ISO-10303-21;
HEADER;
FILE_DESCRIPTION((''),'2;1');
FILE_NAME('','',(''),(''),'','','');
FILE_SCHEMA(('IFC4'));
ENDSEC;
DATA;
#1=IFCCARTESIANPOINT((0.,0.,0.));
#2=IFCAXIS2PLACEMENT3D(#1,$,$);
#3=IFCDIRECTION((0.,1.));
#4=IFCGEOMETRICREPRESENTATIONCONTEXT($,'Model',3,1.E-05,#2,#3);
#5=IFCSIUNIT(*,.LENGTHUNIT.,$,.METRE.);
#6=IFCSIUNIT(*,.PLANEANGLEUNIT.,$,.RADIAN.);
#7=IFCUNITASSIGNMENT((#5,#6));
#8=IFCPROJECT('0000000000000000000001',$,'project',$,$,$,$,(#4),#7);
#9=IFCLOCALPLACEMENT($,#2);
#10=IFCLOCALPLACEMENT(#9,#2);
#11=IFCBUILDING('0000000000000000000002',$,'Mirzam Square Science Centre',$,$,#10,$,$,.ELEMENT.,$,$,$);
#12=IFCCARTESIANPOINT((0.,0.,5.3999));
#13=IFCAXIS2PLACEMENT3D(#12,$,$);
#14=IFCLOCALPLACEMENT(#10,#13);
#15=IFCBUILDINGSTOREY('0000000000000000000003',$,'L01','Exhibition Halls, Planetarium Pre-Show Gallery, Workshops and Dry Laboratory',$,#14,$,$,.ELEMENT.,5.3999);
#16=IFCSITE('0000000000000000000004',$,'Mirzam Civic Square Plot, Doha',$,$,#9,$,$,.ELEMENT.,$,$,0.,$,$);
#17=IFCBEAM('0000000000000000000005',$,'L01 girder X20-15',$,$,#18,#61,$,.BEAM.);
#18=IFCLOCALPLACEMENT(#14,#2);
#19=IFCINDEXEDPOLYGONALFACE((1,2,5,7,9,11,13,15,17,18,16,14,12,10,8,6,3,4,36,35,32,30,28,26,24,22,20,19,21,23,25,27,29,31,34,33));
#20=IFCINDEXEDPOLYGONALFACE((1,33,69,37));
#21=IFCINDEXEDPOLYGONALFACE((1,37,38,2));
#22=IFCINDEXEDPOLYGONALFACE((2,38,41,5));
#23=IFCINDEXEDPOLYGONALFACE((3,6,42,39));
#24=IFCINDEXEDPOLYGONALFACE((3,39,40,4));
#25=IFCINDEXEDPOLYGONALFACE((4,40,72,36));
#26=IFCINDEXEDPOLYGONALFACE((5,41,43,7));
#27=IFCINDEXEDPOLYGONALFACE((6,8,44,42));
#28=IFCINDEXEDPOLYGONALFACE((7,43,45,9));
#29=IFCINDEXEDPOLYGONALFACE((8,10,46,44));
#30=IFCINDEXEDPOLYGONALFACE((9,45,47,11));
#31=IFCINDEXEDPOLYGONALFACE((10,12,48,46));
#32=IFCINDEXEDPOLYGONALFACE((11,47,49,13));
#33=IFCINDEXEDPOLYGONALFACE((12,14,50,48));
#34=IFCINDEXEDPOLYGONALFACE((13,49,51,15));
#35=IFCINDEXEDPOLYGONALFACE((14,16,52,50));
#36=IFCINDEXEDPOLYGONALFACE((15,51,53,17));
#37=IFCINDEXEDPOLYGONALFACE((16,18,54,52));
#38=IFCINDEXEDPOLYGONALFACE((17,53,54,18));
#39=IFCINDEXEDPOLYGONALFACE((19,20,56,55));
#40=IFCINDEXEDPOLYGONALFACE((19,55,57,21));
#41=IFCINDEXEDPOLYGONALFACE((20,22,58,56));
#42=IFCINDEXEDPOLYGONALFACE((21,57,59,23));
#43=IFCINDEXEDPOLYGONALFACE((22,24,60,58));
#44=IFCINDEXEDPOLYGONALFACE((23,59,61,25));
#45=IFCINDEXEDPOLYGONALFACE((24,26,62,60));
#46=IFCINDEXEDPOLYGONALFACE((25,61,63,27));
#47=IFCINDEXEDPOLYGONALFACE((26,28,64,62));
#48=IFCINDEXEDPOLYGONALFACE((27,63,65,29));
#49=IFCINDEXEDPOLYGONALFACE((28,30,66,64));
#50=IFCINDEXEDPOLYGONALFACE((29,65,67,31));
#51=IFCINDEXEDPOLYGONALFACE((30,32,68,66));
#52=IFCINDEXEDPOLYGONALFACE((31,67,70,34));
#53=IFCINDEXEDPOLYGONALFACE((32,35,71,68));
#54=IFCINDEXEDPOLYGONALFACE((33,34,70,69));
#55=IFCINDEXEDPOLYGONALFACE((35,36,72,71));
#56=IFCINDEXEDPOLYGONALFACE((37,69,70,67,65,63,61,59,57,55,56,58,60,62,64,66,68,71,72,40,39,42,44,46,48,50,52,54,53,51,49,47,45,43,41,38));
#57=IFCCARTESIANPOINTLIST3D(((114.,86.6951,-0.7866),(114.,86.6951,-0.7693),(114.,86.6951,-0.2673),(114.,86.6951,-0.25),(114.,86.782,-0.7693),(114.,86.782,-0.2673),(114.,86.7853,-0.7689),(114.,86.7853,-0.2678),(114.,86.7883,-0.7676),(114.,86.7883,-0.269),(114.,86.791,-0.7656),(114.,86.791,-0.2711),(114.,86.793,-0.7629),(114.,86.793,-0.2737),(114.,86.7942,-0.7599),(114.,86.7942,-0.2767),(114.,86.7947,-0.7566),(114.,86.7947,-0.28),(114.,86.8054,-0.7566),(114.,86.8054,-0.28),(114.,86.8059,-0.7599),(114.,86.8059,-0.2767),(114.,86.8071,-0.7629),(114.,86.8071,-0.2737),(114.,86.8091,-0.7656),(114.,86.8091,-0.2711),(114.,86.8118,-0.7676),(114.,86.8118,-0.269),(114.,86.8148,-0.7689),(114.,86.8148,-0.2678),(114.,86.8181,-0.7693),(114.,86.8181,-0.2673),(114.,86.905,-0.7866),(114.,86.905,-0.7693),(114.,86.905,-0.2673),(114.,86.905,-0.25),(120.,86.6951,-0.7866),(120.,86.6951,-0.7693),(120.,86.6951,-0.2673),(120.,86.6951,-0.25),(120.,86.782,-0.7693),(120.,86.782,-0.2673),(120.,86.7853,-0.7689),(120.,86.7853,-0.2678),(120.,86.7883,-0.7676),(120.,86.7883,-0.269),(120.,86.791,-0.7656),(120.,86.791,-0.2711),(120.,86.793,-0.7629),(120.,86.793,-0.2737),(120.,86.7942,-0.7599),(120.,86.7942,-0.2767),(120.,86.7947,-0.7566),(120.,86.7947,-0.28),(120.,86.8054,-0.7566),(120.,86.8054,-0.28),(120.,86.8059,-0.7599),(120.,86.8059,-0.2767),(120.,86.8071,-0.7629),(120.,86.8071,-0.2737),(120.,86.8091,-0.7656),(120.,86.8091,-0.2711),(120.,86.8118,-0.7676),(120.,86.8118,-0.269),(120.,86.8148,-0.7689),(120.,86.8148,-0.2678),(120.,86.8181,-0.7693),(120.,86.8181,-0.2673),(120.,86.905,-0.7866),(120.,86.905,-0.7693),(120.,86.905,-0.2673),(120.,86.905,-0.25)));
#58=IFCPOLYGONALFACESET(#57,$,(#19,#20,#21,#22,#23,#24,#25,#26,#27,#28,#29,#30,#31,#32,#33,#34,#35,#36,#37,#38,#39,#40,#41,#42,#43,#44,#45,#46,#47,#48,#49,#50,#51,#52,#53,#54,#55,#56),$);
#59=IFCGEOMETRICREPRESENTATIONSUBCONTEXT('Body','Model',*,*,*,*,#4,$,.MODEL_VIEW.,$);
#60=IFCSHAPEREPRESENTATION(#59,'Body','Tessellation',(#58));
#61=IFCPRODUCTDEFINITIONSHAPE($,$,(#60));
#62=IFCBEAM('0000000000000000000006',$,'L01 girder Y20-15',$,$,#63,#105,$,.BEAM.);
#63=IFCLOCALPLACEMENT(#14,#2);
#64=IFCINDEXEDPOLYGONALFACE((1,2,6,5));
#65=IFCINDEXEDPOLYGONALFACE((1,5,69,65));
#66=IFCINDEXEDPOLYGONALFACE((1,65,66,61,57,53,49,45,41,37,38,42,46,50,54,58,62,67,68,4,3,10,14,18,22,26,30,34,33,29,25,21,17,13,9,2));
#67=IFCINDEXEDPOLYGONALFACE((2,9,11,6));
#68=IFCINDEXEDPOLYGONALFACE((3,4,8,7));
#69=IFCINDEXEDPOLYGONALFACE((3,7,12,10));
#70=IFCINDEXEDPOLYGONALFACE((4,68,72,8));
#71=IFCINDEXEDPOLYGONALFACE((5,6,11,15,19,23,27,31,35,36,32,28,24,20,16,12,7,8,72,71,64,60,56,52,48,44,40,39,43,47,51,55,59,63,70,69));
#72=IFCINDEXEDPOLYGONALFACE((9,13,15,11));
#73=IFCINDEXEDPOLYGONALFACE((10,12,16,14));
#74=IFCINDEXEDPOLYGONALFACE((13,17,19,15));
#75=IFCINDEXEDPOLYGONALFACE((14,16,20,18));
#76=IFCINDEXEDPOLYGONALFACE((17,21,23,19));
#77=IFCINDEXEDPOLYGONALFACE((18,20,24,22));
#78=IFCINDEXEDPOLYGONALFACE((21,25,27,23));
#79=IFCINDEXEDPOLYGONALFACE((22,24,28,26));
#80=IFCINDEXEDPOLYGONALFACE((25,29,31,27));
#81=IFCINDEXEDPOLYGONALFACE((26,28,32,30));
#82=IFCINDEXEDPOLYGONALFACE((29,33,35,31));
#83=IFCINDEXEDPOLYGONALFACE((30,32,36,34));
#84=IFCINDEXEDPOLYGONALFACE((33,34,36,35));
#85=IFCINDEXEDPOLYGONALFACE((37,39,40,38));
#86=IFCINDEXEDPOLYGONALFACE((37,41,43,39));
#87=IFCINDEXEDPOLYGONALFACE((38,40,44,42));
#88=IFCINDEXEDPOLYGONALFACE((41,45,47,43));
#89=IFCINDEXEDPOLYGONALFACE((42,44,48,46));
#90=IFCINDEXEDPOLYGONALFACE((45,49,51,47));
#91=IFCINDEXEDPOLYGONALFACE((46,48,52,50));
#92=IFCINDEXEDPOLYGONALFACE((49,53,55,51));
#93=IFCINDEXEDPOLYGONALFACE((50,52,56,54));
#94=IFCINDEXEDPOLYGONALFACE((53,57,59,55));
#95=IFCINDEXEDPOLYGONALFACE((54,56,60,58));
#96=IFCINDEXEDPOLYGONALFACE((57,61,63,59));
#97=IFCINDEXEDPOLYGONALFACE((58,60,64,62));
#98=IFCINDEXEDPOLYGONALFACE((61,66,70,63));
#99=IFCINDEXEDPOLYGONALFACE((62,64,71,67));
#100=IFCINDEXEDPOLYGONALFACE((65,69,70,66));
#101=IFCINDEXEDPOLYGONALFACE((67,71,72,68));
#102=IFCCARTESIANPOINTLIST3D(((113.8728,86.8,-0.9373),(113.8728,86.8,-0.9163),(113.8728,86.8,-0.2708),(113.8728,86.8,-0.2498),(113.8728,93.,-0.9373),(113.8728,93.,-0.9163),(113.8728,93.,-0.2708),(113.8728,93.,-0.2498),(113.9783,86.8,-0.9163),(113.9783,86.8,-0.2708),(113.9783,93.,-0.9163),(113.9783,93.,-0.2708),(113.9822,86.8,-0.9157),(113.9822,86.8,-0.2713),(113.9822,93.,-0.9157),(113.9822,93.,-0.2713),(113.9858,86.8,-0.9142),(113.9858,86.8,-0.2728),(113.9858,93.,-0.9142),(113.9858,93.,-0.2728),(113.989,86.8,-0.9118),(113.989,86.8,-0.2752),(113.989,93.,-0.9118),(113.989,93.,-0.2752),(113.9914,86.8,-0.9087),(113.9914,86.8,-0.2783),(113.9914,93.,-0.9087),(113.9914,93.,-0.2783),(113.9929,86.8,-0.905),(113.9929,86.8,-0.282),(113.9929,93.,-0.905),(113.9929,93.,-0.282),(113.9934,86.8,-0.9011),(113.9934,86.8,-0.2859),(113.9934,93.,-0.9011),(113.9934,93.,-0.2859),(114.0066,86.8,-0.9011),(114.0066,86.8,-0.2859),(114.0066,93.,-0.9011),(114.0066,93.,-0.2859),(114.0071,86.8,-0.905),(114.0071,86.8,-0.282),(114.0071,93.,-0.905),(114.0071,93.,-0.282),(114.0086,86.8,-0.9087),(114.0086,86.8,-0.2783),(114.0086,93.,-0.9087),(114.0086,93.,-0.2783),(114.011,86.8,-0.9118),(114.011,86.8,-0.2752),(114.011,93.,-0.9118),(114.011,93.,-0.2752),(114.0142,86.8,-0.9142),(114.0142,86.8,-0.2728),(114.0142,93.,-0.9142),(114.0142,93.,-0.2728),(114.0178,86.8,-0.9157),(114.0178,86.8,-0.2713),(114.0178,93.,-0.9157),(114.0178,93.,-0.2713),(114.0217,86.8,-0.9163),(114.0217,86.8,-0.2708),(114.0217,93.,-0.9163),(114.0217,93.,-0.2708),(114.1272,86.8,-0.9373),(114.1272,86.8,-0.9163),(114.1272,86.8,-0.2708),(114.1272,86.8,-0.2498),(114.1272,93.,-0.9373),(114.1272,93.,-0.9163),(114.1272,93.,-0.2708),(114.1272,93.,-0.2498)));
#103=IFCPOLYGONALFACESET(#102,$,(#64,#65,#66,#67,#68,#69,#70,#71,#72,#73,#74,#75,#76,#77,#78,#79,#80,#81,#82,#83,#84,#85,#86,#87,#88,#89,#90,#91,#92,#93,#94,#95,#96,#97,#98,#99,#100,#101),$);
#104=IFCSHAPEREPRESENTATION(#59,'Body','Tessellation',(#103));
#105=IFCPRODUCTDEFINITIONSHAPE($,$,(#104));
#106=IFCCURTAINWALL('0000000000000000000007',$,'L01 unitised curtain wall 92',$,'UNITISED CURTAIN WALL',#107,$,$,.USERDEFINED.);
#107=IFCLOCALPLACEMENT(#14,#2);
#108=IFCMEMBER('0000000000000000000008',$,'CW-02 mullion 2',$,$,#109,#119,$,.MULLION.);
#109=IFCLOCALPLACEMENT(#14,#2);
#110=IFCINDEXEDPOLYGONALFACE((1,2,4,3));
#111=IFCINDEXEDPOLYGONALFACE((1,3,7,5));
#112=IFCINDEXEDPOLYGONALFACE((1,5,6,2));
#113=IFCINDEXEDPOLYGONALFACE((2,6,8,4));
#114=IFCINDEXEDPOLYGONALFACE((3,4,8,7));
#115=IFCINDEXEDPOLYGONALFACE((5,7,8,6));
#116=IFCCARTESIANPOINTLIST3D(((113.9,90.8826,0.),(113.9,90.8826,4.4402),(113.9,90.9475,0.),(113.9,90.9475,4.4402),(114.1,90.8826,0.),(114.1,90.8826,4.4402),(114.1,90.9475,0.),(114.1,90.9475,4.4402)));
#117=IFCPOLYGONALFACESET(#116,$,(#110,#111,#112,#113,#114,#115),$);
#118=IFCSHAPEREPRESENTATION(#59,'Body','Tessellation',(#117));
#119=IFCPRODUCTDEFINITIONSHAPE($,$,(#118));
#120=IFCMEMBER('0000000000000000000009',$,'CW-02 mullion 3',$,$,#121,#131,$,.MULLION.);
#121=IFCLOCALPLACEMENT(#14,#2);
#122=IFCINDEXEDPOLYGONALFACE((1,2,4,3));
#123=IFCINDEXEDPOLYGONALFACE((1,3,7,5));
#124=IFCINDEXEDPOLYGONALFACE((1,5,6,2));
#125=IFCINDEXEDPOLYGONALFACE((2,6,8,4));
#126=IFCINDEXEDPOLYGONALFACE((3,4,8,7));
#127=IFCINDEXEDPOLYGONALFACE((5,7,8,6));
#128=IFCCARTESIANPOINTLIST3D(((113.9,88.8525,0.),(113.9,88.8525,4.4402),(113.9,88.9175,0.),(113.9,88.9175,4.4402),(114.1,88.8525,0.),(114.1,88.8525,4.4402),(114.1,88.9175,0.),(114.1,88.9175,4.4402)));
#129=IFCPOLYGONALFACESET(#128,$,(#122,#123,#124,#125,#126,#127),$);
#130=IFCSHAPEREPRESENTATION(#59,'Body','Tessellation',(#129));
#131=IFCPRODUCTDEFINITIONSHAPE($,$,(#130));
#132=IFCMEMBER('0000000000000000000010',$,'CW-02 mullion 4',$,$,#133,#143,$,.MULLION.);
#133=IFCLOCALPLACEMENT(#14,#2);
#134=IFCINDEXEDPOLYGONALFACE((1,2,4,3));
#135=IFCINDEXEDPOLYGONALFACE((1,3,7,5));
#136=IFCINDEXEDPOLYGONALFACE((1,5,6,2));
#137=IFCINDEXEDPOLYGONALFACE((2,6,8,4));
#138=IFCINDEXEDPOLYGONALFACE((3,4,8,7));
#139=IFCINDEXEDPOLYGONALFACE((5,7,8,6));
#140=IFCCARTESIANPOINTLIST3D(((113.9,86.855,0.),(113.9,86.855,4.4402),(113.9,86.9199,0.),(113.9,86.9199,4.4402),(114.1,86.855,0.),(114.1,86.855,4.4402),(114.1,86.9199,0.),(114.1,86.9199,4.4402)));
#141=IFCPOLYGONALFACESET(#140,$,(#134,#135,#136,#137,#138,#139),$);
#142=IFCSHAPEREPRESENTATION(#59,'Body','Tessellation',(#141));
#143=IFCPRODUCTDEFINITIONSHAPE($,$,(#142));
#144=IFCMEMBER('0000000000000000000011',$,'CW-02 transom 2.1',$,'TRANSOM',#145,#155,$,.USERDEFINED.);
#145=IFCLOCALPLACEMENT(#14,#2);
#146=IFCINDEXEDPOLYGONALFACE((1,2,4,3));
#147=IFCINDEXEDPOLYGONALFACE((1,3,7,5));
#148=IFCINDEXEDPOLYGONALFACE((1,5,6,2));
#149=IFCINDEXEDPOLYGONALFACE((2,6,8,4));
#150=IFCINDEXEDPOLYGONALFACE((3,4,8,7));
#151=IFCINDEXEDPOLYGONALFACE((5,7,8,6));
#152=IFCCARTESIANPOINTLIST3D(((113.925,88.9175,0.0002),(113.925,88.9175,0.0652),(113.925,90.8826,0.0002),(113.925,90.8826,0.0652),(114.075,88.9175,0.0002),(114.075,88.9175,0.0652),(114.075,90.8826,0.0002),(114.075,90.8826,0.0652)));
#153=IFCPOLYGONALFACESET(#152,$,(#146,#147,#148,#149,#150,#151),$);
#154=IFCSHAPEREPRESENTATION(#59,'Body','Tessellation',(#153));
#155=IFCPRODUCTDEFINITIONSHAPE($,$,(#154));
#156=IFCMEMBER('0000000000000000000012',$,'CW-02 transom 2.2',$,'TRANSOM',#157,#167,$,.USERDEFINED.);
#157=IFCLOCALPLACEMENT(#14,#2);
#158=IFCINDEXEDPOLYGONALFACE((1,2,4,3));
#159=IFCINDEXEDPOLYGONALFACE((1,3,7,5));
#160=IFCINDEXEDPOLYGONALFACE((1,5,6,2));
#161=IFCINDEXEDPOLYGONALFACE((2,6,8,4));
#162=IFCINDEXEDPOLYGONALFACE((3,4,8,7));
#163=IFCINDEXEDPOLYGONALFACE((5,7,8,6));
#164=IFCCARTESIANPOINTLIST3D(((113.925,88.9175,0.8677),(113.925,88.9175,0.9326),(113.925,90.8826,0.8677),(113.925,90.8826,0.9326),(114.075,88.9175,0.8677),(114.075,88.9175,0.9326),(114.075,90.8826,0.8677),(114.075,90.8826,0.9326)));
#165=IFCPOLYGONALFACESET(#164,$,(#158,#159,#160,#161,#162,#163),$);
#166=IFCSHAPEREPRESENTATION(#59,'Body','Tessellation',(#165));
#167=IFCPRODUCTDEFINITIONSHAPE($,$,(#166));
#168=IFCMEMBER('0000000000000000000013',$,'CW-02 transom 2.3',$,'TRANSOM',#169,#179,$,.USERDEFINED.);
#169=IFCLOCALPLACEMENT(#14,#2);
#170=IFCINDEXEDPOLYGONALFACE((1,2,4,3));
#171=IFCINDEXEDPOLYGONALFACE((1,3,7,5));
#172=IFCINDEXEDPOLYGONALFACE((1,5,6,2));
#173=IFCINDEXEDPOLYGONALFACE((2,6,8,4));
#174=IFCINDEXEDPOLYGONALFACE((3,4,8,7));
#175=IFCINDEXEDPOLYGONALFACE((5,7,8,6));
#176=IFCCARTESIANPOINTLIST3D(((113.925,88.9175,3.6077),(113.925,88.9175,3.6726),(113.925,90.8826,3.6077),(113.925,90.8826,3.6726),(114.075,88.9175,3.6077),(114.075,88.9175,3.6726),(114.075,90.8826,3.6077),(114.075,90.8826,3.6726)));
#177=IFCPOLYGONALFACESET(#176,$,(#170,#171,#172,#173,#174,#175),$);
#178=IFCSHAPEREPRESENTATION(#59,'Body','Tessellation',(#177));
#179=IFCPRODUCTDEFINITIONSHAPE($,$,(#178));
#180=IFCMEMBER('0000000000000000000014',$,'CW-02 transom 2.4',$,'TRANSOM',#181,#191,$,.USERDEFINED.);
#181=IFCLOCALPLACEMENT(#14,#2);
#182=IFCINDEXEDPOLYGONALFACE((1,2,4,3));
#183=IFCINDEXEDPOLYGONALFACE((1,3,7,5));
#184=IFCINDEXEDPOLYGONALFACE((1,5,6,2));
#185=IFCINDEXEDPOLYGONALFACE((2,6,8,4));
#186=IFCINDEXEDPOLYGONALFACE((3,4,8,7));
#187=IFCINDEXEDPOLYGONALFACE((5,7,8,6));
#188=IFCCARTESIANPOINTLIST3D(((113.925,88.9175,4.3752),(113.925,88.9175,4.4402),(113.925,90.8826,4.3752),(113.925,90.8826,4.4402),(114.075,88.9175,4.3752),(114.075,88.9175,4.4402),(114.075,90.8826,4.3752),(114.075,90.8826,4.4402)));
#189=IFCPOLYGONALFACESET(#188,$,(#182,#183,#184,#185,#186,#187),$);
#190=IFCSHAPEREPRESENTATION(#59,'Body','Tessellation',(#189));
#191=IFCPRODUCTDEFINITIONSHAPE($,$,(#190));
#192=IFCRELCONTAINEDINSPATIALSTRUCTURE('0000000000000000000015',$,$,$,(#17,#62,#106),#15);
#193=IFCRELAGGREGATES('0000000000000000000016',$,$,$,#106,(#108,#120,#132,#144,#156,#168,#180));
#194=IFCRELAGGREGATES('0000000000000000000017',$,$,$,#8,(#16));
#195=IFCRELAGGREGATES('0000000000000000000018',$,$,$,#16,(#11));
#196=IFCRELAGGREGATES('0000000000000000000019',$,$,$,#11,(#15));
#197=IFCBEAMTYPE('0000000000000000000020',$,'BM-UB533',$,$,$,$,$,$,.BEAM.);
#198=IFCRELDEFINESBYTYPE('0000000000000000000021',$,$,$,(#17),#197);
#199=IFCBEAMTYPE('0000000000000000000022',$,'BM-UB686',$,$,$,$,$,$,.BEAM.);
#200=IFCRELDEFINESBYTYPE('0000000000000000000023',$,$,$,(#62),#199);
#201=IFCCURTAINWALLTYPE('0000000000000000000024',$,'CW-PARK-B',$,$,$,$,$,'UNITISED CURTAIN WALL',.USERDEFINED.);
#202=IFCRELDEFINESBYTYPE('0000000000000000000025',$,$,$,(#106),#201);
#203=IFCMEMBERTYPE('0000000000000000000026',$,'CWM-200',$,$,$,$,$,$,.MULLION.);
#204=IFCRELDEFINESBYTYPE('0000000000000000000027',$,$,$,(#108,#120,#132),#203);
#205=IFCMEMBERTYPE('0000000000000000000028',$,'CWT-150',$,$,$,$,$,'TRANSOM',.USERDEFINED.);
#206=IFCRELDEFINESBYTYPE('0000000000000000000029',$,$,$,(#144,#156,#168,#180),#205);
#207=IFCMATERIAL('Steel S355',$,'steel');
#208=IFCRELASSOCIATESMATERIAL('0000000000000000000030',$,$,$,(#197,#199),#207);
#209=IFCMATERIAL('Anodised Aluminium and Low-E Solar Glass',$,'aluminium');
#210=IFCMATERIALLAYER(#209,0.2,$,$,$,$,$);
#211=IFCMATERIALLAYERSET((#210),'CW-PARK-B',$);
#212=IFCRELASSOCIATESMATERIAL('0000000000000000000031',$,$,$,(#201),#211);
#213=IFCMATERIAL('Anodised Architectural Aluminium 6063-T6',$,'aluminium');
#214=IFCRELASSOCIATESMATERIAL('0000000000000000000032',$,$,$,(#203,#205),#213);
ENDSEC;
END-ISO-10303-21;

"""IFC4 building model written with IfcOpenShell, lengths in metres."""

from ifc_helpers import new_model, si_unit, direction, frame, origin, origin_2d, place, context, subcontext, project, spatial, rectangle, i_section, extrude, material, layer, layer_set, material_profile, profile_set, type_object, element, aggregate, save


model = new_model("IFC4")

# Units and contexts
model_context = context("Model", 3, precision=1e-05, world=origin(), true_north=direction((0.0, 1.0)))
body_context = subcontext(model_context, "Body", "Model", "MODEL_VIEW")
ifc_project = project(units=[si_unit("LENGTHUNIT", "METRE"), si_unit("PLANEANGLEUNIT", "RADIAN")], contexts=[model_context])

# Site, building, storey
site_placement = place(None, origin())
site = spatial("IfcSite", under=ifc_project, at=site_placement, Name="Mirzam Civic Square Plot, Doha", CompositionType="ELEMENT", RefElevation=0.0)
building_placement = place(site_placement, origin())
building = spatial("IfcBuilding", under=site, at=building_placement, Name="Mirzam Square Science Centre", CompositionType="ELEMENT")
storey_placement = place(building_placement, frame((0.0, 0.0, 5.3999)))
storey = spatial("IfcBuildingStorey", under=building, at=storey_placement, Name="L01", Description="Exhibition Halls, Planetarium Pre-Show Gallery, Workshops and Dry Laboratory", CompositionType="ELEMENT", Elevation=5.3999)

# Beams
ifc_material_1 = material(Name="Steel S355", Category="steel")
ifc_material_profile_1 = material_profile(ifc_material_1, i_section(OverallWidth=0.21, OverallDepth=0.5366, WebThickness=0.0107, FlangeThickness=0.0173, FilletRadius=0.0127, at=origin_2d()), Name="533x210x101UB")
ifc_profile_set_1 = profile_set([ifc_material_profile_1], Name="Steel S355")
beam_type_1 = type_object("IfcBeamType", Name="BM-UB533", PredefinedType="BEAM", material=ifc_profile_set_1)
beam_1_placement = place(storey_placement, frame((114.0, 86.8, -0.5183), z_axis=(1.0, 0.0, 0.0), x_axis=(0.0, 1.0, 0.0)))
element("IfcBeam", 1, at=beam_1_placement, inside=storey, type_object=beam_type_1, Name="L01 girder X20-15", PredefinedType="BEAM", context=body_context, shape_type="SweptSolid", body=[
    extrude(i_section(OverallWidth=0.21, OverallDepth=0.5366, WebThickness=0.0107, FlangeThickness=0.0173, FilletRadius=0.0127, at=origin_2d()), origin(), (0.0, 0.0, 1.0), 6.0),
])
ifc_material_profile_2 = material_profile(ifc_material_1, i_section(OverallWidth=0.2544, OverallDepth=0.6875, WebThickness=0.0132, FlangeThickness=0.021, FilletRadius=0.0151, at=origin_2d()), Name="686x254x152UB")
ifc_profile_set_2 = profile_set([ifc_material_profile_2], Name="Steel S355")
beam_type_2 = type_object("IfcBeamType", Name="BM-UB686", PredefinedType="BEAM", material=ifc_profile_set_2)
beam_2_placement = place(storey_placement, frame((114.0, 86.8, -0.5935), z_axis=(0.0, 1.0, 0.0), x_axis=(-1.0, 0.0, 0.0)))
element("IfcBeam", 2, at=beam_2_placement, inside=storey, type_object=beam_type_2, Name="L01 girder Y20-15", PredefinedType="BEAM", context=body_context, shape_type="SweptSolid", body=[
    extrude(i_section(OverallWidth=0.2544, OverallDepth=0.6875, WebThickness=0.0132, FlangeThickness=0.021, FilletRadius=0.0151, at=origin_2d()), origin(), (0.0, 0.0, 1.0), 6.2),
])

# Curtain wall, members
ifc_material_2 = material(Name="Anodised Aluminium and Low-E Solar Glass", Category="aluminium")
ifc_layer_1 = layer(ifc_material_2, 0.2)
ifc_layer_set_1 = layer_set([ifc_layer_1], Name="CW-PARK-B")
curtain_wall_type = type_object("IfcCurtainWallType", Name="CW-PARK-B", ElementType="UNITISED CURTAIN WALL", PredefinedType="USERDEFINED", material=ifc_layer_set_1)
curtain_wall_placement = place(storey_placement, origin())
curtain_wall = element("IfcCurtainWall", 3, at=curtain_wall_placement, inside=storey, type_object=curtain_wall_type, Name="L01 unitised curtain wall 92", ObjectType="UNITISED CURTAIN WALL", PredefinedType="USERDEFINED")
ifc_material_3 = material(Name="Anodised Architectural Aluminium 6063-T6", Category="aluminium")
ifc_material_profile_3 = material_profile(ifc_material_3, rectangle(XDim=0.0649, YDim=0.2, at=origin_2d()), Name="ALU-MULL-200x65x5")
ifc_profile_set_3 = profile_set([ifc_material_profile_3], Name="Anodised Architectural Aluminium 6063-T6")
member_type_1 = type_object("IfcMemberType", Name="CWM-200", PredefinedType="MULLION", material=ifc_profile_set_3)
member_1_placement = place(storey_placement, frame((114.0, 90.915, 0.0), z_axis=(0.0, 0.0, 1.0), x_axis=(0.0, -1.0, 0.0)))
member_1 = element("IfcMember", 4, at=member_1_placement, type_object=member_type_1, Name="CW-02 mullion 2", PredefinedType="MULLION", context=body_context, shape_type="SweptSolid", body=[
    extrude(rectangle(XDim=0.0649, YDim=0.2, at=origin_2d()), origin(), (0.0, 0.0, 1.0), 4.4402),
])
member_2_placement = place(storey_placement, frame((114.0, 88.885, 0.0), z_axis=(0.0, 0.0, 1.0), x_axis=(0.0, -1.0, 0.0)))
member_2 = element("IfcMember", 5, at=member_2_placement, type_object=member_type_1, Name="CW-02 mullion 3", PredefinedType="MULLION", context=body_context, shape_type="SweptSolid", body=[
    extrude(rectangle(XDim=0.0649, YDim=0.2, at=origin_2d()), origin(), (0.0, 0.0, 1.0), 4.4402),
])
member_3_placement = place(storey_placement, frame((114.0, 86.8875, 0.0), z_axis=(0.0, 0.0, 1.0), x_axis=(0.0, -1.0, 0.0)))
member_3 = element("IfcMember", 6, at=member_3_placement, type_object=member_type_1, Name="CW-02 mullion 4", PredefinedType="MULLION", context=body_context, shape_type="SweptSolid", body=[
    extrude(rectangle(XDim=0.0649, YDim=0.2, at=origin_2d()), origin(), (0.0, 0.0, 1.0), 4.4402),
])
ifc_material_profile_4 = material_profile(ifc_material_3, rectangle(XDim=0.1499, YDim=0.0649, at=origin_2d()), Name="ALU-TRAN-150x65x4")
ifc_profile_set_4 = profile_set([ifc_material_profile_4], Name="Anodised Architectural Aluminium 6063-T6")
member_type_2 = type_object("IfcMemberType", Name="CWT-150", ElementType="TRANSOM", PredefinedType="USERDEFINED", material=ifc_profile_set_4)
member_4_placement = place(storey_placement, frame((114.0, 90.8826, 0.0327), z_axis=(0.0, -1.0, 0.0), x_axis=(1.0, 0.0, 0.0)))
member_4 = element("IfcMember", 7, at=member_4_placement, type_object=member_type_2, Name="CW-02 transom 2.1", ObjectType="TRANSOM", PredefinedType="USERDEFINED", context=body_context, shape_type="SweptSolid", body=[
    extrude(rectangle(XDim=0.1499, YDim=0.0649, at=origin_2d()), origin(), (0.0, 0.0, 1.0), 1.9651),
])
member_5_placement = place(storey_placement, frame((114.0, 90.8826, 0.9001), z_axis=(0.0, -1.0, 0.0), x_axis=(1.0, 0.0, 0.0)))
member_5 = element("IfcMember", 8, at=member_5_placement, type_object=member_type_2, Name="CW-02 transom 2.2", ObjectType="TRANSOM", PredefinedType="USERDEFINED", context=body_context, shape_type="SweptSolid", body=[
    extrude(rectangle(XDim=0.1499, YDim=0.0649, at=origin_2d()), origin(), (0.0, 0.0, 1.0), 1.9651),
])
member_6_placement = place(storey_placement, frame((114.0, 90.8826, 3.6401), z_axis=(0.0, -1.0, 0.0), x_axis=(1.0, 0.0, 0.0)))
member_6 = element("IfcMember", 9, at=member_6_placement, type_object=member_type_2, Name="CW-02 transom 2.3", ObjectType="TRANSOM", PredefinedType="USERDEFINED", context=body_context, shape_type="SweptSolid", body=[
    extrude(rectangle(XDim=0.1499, YDim=0.0649, at=origin_2d()), origin(), (0.0, 0.0, 1.0), 1.9651),
])
member_7_placement = place(storey_placement, frame((114.0, 90.8826, 4.4077), z_axis=(0.0, -1.0, 0.0), x_axis=(1.0, 0.0, 0.0)))
member_7 = element("IfcMember", 10, at=member_7_placement, type_object=member_type_2, Name="CW-02 transom 2.4", ObjectType="TRANSOM", PredefinedType="USERDEFINED", context=body_context, shape_type="SweptSolid", body=[
    extrude(rectangle(XDim=0.1499, YDim=0.0649, at=origin_2d()), origin(), (0.0, 0.0, 1.0), 1.9651),
])
aggregate(curtain_wall, [member_1, member_2, member_3, member_4, member_5, member_6, member_7])

save(model, "model.ifc")
